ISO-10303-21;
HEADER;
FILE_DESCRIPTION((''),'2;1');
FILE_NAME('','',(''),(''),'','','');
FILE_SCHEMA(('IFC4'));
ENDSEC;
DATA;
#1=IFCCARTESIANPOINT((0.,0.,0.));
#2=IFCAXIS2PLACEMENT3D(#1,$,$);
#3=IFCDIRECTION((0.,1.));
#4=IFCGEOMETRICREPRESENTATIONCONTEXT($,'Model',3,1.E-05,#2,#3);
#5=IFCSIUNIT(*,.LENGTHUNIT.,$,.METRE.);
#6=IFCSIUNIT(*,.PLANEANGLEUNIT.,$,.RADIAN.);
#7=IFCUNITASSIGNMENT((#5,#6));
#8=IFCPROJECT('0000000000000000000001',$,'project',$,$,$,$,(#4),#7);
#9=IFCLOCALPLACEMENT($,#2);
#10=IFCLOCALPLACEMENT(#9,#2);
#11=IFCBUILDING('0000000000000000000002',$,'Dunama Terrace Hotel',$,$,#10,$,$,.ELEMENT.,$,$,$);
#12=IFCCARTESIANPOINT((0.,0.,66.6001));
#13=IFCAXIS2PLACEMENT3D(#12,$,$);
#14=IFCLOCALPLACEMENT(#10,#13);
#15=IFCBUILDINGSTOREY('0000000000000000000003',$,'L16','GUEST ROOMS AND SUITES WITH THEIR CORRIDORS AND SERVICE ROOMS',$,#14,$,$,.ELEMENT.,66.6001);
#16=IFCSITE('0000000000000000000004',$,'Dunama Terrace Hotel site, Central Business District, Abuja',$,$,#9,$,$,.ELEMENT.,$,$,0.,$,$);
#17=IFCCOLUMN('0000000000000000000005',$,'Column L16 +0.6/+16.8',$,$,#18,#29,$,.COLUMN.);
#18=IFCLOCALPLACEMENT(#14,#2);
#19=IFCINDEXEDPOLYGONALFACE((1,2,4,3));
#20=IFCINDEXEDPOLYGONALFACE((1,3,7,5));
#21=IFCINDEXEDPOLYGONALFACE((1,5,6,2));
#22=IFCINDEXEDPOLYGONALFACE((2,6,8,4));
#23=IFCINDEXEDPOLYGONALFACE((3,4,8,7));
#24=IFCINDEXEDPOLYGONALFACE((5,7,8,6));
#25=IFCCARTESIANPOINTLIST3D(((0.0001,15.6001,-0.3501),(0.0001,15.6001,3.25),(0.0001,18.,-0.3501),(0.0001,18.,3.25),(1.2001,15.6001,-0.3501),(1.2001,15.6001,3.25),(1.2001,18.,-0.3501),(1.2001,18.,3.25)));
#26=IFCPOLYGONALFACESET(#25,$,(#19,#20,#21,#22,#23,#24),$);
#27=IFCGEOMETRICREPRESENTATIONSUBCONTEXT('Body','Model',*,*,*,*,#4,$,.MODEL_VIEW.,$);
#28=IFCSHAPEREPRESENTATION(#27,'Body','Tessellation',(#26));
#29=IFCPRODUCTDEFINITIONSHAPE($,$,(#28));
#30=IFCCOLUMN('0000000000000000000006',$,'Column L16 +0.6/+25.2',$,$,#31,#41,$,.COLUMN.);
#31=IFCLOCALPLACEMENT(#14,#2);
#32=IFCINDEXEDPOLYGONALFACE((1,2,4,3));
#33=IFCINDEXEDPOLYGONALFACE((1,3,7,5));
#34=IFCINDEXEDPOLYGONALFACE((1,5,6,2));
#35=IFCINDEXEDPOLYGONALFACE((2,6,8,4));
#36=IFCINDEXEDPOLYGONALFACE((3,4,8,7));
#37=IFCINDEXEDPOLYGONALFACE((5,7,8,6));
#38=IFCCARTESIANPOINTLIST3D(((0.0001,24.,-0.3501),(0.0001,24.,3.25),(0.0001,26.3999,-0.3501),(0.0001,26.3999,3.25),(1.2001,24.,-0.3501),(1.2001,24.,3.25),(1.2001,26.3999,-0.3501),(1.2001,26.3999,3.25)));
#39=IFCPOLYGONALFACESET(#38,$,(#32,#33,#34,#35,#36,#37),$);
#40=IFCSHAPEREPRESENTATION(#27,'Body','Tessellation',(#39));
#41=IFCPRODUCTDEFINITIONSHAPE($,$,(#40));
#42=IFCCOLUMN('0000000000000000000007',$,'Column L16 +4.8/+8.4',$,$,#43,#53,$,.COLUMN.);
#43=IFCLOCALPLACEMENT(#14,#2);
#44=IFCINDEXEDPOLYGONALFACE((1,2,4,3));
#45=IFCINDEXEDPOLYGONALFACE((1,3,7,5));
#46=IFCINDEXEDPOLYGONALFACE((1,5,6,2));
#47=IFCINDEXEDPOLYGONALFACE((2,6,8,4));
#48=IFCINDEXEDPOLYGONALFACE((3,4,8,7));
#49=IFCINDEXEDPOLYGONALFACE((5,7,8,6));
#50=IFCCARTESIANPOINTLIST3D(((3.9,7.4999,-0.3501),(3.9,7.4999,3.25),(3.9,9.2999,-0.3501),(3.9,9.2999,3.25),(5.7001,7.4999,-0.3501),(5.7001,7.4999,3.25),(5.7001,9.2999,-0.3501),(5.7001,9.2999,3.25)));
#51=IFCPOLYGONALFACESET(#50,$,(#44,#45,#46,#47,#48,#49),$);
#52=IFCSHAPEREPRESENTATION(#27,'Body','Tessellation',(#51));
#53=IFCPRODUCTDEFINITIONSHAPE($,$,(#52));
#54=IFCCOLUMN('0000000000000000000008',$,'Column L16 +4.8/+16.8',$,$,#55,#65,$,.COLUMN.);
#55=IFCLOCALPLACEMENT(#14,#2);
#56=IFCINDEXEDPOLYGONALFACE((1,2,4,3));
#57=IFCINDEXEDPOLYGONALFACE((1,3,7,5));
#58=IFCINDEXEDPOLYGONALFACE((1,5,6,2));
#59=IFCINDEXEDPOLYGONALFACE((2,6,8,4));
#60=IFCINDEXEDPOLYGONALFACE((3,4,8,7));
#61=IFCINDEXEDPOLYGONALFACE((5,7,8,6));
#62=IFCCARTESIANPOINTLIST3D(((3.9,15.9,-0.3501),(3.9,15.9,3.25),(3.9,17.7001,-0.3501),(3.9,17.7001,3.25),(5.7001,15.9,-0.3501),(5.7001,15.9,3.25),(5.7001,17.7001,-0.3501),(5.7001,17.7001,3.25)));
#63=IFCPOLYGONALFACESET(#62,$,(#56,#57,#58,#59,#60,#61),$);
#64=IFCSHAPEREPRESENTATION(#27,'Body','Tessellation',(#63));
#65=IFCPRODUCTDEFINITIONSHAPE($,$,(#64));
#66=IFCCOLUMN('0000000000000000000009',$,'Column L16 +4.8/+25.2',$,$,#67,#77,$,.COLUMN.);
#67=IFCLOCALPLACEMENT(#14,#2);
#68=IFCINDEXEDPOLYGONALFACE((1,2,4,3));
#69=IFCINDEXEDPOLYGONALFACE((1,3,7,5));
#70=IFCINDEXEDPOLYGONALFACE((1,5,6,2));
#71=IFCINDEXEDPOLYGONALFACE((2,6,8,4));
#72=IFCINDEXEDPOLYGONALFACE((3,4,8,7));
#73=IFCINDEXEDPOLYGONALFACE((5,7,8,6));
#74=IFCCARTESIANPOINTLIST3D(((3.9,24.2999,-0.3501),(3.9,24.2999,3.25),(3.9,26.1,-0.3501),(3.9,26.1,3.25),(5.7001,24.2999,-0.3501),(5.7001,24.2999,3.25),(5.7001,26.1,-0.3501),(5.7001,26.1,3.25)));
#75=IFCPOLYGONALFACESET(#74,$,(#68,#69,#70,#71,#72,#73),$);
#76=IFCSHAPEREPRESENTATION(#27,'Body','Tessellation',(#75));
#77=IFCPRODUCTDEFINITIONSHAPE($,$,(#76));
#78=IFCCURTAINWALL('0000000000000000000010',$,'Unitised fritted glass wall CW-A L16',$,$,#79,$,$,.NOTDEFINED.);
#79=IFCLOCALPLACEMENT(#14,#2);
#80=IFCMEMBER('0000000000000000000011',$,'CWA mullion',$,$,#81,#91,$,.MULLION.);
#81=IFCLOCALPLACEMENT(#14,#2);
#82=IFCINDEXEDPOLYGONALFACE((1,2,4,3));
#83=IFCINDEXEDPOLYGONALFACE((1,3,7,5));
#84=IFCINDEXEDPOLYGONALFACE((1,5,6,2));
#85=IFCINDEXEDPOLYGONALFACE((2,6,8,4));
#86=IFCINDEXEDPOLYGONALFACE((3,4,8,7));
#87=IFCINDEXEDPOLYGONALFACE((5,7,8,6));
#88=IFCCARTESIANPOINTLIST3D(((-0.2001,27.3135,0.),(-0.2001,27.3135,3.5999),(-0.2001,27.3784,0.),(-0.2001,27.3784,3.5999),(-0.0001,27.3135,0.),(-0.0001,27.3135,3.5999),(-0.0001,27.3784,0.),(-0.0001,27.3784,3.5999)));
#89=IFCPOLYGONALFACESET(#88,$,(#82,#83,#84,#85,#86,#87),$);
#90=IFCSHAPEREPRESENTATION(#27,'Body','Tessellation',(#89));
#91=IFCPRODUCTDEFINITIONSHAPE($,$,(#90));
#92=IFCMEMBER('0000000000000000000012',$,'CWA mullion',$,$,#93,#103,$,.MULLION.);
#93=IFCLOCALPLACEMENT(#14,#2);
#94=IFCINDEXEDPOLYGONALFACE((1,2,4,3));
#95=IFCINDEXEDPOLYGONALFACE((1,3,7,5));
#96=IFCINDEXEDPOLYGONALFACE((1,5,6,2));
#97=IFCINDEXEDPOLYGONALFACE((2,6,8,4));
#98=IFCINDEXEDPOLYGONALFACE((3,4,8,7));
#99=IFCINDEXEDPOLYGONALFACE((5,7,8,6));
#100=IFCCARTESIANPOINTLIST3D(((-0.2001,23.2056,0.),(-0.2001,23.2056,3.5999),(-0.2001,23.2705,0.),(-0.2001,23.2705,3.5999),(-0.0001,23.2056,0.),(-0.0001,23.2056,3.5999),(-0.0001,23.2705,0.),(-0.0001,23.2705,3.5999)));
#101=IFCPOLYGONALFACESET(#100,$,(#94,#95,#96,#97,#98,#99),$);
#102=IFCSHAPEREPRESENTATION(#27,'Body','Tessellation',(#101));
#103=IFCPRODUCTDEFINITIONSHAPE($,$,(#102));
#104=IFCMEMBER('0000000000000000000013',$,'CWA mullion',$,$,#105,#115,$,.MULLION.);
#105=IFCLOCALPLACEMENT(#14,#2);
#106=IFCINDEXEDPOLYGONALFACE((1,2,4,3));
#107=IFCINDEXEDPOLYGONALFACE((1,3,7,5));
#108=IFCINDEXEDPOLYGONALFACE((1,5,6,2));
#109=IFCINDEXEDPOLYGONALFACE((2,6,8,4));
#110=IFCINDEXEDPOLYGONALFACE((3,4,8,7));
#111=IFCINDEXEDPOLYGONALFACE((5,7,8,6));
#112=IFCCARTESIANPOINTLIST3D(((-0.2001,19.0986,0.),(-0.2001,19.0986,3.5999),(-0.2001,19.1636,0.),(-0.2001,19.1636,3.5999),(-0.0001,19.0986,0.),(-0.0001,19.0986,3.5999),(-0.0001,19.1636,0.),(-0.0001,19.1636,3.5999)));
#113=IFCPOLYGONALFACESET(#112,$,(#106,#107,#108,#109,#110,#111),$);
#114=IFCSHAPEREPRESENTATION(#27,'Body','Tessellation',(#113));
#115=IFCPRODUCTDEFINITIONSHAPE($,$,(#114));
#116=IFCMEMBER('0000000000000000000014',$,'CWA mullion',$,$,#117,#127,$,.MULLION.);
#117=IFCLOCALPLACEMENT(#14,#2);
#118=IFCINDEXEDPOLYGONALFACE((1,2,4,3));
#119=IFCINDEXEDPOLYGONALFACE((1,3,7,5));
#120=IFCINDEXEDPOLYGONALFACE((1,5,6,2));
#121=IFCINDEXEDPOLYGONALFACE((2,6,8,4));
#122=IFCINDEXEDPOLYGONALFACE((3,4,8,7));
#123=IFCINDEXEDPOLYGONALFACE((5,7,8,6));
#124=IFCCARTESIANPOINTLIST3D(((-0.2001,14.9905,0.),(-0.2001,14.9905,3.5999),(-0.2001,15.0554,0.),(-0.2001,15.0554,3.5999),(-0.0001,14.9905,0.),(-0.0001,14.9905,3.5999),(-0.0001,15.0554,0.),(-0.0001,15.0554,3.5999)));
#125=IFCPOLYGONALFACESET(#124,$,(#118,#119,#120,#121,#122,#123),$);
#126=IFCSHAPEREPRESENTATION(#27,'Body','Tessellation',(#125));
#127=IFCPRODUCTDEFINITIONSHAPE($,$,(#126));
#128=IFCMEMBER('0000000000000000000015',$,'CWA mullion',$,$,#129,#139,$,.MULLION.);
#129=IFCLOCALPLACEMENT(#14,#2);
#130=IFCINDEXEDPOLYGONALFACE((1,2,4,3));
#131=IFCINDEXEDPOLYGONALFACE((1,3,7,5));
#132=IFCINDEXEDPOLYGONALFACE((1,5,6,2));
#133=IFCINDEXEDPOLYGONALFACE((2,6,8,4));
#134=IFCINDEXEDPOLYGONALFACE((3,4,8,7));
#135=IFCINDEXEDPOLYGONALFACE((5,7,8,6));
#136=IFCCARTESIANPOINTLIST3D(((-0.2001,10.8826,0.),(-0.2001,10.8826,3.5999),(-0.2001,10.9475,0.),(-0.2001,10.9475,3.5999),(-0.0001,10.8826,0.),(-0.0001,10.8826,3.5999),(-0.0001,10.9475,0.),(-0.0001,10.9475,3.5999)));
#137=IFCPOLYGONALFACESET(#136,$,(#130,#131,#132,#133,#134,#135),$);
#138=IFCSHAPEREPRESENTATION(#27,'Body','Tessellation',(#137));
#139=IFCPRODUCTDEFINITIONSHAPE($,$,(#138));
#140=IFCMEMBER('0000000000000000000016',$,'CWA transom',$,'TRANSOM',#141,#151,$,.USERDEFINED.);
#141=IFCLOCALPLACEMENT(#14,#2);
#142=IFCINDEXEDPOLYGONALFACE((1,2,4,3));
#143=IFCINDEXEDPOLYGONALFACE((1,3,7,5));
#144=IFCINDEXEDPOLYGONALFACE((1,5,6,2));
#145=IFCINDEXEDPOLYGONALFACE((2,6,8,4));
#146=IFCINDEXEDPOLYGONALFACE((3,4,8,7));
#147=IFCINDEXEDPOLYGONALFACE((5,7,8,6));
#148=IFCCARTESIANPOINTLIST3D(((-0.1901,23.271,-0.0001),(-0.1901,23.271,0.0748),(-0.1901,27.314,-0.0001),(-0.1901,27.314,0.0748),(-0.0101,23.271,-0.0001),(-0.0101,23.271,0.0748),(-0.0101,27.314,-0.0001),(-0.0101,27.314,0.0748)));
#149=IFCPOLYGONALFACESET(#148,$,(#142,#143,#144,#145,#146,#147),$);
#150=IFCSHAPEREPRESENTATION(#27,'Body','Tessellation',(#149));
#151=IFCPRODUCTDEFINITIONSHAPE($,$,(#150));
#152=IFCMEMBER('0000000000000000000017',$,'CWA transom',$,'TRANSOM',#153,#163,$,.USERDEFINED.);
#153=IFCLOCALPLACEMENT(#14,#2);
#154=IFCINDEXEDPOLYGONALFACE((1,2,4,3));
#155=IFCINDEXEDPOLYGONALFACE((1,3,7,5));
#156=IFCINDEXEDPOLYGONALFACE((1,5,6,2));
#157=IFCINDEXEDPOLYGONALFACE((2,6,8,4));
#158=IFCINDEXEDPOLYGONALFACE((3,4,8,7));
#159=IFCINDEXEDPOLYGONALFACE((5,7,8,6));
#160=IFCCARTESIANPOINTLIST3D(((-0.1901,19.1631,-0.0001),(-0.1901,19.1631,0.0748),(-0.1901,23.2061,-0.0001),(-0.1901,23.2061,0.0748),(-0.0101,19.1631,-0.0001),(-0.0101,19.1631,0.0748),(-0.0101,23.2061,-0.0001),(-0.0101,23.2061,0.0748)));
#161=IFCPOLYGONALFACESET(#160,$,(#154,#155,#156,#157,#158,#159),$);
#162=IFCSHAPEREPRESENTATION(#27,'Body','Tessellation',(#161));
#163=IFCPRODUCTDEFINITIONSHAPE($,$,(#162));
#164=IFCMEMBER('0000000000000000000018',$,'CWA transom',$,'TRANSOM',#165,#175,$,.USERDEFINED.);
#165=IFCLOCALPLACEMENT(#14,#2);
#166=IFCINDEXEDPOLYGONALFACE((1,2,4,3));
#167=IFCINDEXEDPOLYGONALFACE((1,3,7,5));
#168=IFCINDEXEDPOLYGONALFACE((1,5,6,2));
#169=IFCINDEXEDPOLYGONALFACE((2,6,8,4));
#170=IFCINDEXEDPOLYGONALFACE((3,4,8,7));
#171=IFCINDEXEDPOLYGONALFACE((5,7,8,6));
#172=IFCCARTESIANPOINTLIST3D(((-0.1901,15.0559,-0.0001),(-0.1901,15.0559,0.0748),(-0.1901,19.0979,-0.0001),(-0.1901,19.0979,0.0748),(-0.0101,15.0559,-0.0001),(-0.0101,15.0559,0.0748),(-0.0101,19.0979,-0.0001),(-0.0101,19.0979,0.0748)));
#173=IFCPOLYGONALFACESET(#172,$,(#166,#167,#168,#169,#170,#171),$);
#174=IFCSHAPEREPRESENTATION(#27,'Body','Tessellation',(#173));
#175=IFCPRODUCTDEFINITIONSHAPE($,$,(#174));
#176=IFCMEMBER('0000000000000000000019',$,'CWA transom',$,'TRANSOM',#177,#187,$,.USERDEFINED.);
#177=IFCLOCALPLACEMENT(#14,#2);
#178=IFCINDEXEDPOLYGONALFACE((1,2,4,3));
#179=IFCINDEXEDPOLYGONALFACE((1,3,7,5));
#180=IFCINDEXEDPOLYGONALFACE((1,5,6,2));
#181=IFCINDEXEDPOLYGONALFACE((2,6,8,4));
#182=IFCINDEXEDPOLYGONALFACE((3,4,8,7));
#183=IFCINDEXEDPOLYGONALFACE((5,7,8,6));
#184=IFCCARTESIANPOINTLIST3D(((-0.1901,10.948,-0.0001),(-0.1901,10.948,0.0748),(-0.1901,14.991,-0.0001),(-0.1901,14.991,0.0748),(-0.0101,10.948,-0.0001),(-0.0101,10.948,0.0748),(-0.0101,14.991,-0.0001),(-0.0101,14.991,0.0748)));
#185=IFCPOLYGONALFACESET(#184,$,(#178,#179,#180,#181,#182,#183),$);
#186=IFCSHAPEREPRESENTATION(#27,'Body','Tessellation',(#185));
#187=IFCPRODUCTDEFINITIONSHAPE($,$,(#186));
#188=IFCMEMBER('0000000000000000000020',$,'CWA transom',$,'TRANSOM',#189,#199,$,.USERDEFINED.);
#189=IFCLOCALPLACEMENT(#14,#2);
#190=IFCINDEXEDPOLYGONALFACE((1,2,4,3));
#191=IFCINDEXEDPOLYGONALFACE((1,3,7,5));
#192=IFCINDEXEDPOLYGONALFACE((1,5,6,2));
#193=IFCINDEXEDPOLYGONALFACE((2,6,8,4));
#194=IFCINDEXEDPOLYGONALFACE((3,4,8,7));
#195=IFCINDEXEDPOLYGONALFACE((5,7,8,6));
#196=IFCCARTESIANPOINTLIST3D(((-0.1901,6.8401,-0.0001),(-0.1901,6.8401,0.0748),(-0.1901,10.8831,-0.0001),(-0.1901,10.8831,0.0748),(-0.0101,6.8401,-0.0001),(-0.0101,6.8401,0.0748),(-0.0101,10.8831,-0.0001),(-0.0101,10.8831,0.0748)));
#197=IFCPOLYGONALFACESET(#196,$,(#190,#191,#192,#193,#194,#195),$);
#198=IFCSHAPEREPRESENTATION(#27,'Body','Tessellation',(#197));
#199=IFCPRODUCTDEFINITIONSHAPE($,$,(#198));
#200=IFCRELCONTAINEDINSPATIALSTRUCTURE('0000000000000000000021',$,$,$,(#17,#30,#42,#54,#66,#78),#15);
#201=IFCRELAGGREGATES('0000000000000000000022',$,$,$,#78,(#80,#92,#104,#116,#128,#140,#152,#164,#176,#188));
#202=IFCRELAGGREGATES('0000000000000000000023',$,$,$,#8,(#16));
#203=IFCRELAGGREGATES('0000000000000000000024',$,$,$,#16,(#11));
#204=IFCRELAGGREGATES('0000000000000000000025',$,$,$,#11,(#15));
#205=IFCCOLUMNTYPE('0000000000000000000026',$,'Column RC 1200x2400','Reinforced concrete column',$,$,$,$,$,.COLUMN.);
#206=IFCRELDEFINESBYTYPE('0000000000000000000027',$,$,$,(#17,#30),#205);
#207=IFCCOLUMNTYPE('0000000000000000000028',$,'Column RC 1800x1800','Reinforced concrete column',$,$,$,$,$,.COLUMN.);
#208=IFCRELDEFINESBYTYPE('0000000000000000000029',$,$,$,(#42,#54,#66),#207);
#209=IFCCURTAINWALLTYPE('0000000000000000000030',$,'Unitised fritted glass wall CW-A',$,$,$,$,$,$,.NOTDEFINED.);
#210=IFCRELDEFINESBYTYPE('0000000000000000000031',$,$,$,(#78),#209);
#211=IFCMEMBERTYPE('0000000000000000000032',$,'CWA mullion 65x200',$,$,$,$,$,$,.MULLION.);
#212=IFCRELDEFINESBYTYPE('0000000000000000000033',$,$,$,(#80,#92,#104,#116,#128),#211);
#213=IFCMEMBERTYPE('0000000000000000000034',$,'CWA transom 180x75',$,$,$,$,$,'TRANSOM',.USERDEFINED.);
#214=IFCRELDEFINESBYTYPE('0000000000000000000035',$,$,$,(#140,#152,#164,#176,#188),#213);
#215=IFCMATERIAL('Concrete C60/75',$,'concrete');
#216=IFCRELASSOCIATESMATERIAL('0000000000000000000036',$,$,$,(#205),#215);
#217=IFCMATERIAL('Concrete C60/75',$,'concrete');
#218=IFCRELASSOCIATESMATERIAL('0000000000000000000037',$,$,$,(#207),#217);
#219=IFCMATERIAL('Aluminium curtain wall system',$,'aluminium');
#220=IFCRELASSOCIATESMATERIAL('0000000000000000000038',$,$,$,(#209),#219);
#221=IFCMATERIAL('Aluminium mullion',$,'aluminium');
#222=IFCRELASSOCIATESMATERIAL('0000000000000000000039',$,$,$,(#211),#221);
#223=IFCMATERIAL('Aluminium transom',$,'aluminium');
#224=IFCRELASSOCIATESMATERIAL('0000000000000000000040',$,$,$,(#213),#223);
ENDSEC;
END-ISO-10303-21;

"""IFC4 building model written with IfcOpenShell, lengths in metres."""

from ifc_helpers import new_model, si_unit, direction, frame, origin, origin_2d, place, context, subcontext, project, spatial, rectangle, extrude, material, material_profile, profile_set, type_object, element, aggregate, save


model = new_model("IFC4")

# Units and contexts
model_context = context("Model", 3, precision=1e-05, world=origin(), true_north=direction((0.0, 1.0)))
body_context = subcontext(model_context, "Body", "Model", "MODEL_VIEW")
ifc_project = project(units=[si_unit("LENGTHUNIT", "METRE"), si_unit("PLANEANGLEUNIT", "RADIAN")], contexts=[model_context])

# Site, building, storey
site_placement = place(None, origin())
site = spatial("IfcSite", under=ifc_project, at=site_placement, Name="Dunama Terrace Hotel site, Central Business District, Abuja", CompositionType="ELEMENT", RefElevation=0.0)
building_placement = place(site_placement, origin())
building = spatial("IfcBuilding", under=site, at=building_placement, Name="Dunama Terrace Hotel", CompositionType="ELEMENT")
storey_placement = place(building_placement, frame((0.0, 0.0, 66.6001)))
storey = spatial("IfcBuildingStorey", under=building, at=storey_placement, Name="L16", Description="GUEST ROOMS AND SUITES WITH THEIR CORRIDORS AND SERVICE ROOMS", CompositionType="ELEMENT", Elevation=66.6001)

# Columns
ifc_material_1 = material(Name="Concrete C60/75", Category="concrete")
ifc_material_profile_1 = material_profile(ifc_material_1, rectangle(XDim=1.2, YDim=2.3999, at=origin_2d()), Name="RC 1200x2400")
ifc_profile_set_1 = profile_set([ifc_material_profile_1], Name="Concrete C60/75")
column_type_1 = type_object("IfcColumnType", Name="Column RC 1200x2400", Description="Reinforced concrete column", PredefinedType="COLUMN", material=ifc_profile_set_1)
for number, where, z_axis, x_axis, name in (
    (1, (0.6001, 16.8, -0.3501), (0.0, 0.0, 1.0), (1.0, 0.0, 0.0), "Column L16 +0.6/+16.8"),
    (2, (0.6001, 25.2, -0.3501), (0.0, 0.0, 1.0), (1.0, 0.0, 0.0), "Column L16 +0.6/+25.2"),
):
    element("IfcColumn", number, at=place(storey_placement, frame(where, z_axis=z_axis, x_axis=x_axis)), inside=storey, type_object=column_type_1, Name=name, PredefinedType="COLUMN", context=body_context, shape_type="SweptSolid", body=[
        extrude(rectangle(XDim=1.2, YDim=2.3999, at=origin_2d()), origin(), (0.0, 0.0, 1.0), 3.6001),
    ])
ifc_material_2 = material(Name="Concrete C60/75", Category="concrete")
ifc_material_profile_2 = material_profile(ifc_material_2, rectangle(XDim=1.8, YDim=1.8, at=origin_2d()), Name="RC 1800x1800")
ifc_profile_set_2 = profile_set([ifc_material_profile_2], Name="Concrete C60/75")
column_type_2 = type_object("IfcColumnType", Name="Column RC 1800x1800", Description="Reinforced concrete column", PredefinedType="COLUMN", material=ifc_profile_set_2)
for number, where, z_axis, x_axis, name in (
    (3, (4.8, 8.3999, -0.3501), (0.0, 0.0, 1.0), (1.0, 0.0, 0.0), "Column L16 +4.8/+8.4"),
    (4, (4.8, 16.8, -0.3501), (0.0, 0.0, 1.0), (1.0, 0.0, 0.0), "Column L16 +4.8/+16.8"),
    (5, (4.8, 25.2, -0.3501), (0.0, 0.0, 1.0), (1.0, 0.0, 0.0), "Column L16 +4.8/+25.2"),
):
    element("IfcColumn", number, at=place(storey_placement, frame(where, z_axis=z_axis, x_axis=x_axis)), inside=storey, type_object=column_type_2, Name=name, PredefinedType="COLUMN", context=body_context, shape_type="SweptSolid", body=[
        extrude(rectangle(XDim=1.8, YDim=1.8, at=origin_2d()), origin(), (0.0, 0.0, 1.0), 3.6001),
    ])

# Curtain wall, members
ifc_material_3 = material(Name="Aluminium curtain wall system", Category="aluminium")
curtain_wall_type = type_object("IfcCurtainWallType", Name="Unitised fritted glass wall CW-A", PredefinedType="NOTDEFINED", material=ifc_material_3)
curtain_wall_placement = place(storey_placement, origin())
curtain_wall = element("IfcCurtainWall", 6, at=curtain_wall_placement, inside=storey, type_object=curtain_wall_type, Name="Unitised fritted glass wall CW-A L16", PredefinedType="NOTDEFINED")
ifc_material_4 = material(Name="Aluminium mullion", Category="aluminium")
ifc_material_profile_3 = material_profile(ifc_material_4, rectangle(XDim=0.0649, YDim=0.2, at=origin_2d()), Name="CWA MULLION 65X200")
ifc_profile_set_3 = profile_set([ifc_material_profile_3], Name="Aluminium mullion")
member_type_1 = type_object("IfcMemberType", Name="CWA mullion 65x200", PredefinedType="MULLION", material=ifc_profile_set_3)
member_1_placement = place(storey_placement, frame((-0.1001, 27.3459, 0.0), z_axis=(0.0, 0.0, 1.0), x_axis=(0.0, -1.0, 0.0)))
member_1 = element("IfcMember", 7, at=member_1_placement, type_object=member_type_1, Name="CWA mullion", PredefinedType="MULLION", context=body_context, shape_type="SweptSolid", body=[
    extrude(rectangle(XDim=0.0649, YDim=0.2, at=origin_2d()), origin(), (0.0, 0.0, 1.0), 3.5999),
])
member_2_placement = place(storey_placement, frame((-0.1001, 23.238, 0.0), z_axis=(0.0, 0.0, 1.0), x_axis=(0.0, -1.0, 0.0)))
member_2 = element("IfcMember", 8, at=member_2_placement, type_object=member_type_1, Name="CWA mullion", PredefinedType="MULLION", context=body_context, shape_type="SweptSolid", body=[
    extrude(rectangle(XDim=0.0649, YDim=0.2, at=origin_2d()), origin(), (0.0, 0.0, 1.0), 3.5999),
])
member_3_placement = place(storey_placement, frame((-0.1001, 19.1311, 0.0), z_axis=(0.0, 0.0, 1.0), x_axis=(0.0, -1.0, 0.0)))
member_3 = element("IfcMember", 9, at=member_3_placement, type_object=member_type_1, Name="CWA mullion", PredefinedType="MULLION", context=body_context, shape_type="SweptSolid", body=[
    extrude(rectangle(XDim=0.0649, YDim=0.2, at=origin_2d()), origin(), (0.0, 0.0, 1.0), 3.5999),
])
member_4_placement = place(storey_placement, frame((-0.1001, 15.0229, 0.0), z_axis=(0.0, 0.0, 1.0), x_axis=(0.0, -1.0, 0.0)))
member_4 = element("IfcMember", 10, at=member_4_placement, type_object=member_type_1, Name="CWA mullion", PredefinedType="MULLION", context=body_context, shape_type="SweptSolid", body=[
    extrude(rectangle(XDim=0.0649, YDim=0.2, at=origin_2d()), origin(), (0.0, 0.0, 1.0), 3.5999),
])
member_5_placement = place(storey_placement, frame((-0.1001, 10.915, 0.0), z_axis=(0.0, 0.0, 1.0), x_axis=(0.0, -1.0, 0.0)))
member_5 = element("IfcMember", 11, at=member_5_placement, type_object=member_type_1, Name="CWA mullion", PredefinedType="MULLION", context=body_context, shape_type="SweptSolid", body=[
    extrude(rectangle(XDim=0.0649, YDim=0.2, at=origin_2d()), origin(), (0.0, 0.0, 1.0), 3.5999),
])
ifc_material_5 = material(Name="Aluminium transom", Category="aluminium")
ifc_material_profile_4 = material_profile(ifc_material_5, rectangle(XDim=0.1799, YDim=0.075, at=origin_2d()), Name="CWA TRANSOM 180X75")
ifc_profile_set_4 = profile_set([ifc_material_profile_4], Name="Aluminium transom")
member_type_2 = type_object("IfcMemberType", Name="CWA transom 180x75", ElementType="TRANSOM", PredefinedType="USERDEFINED", material=ifc_profile_set_4)
member_6_placement = place(storey_placement, frame((-0.1001, 27.314, 0.0374), z_axis=(0.0, -1.0, 0.0), x_axis=(1.0, 0.0, 0.0)))
member_6 = element("IfcMember", 12, at=member_6_placement, type_object=member_type_2, Name="CWA transom", ObjectType="TRANSOM", PredefinedType="USERDEFINED", context=body_context, shape_type="SweptSolid", body=[
    extrude(rectangle(XDim=0.1799, YDim=0.075, at=origin_2d()), origin(), (0.0, 0.0, 1.0), 4.043),
])
member_7_placement = place(storey_placement, frame((-0.1001, 23.2061, 0.0374), z_axis=(0.0, -1.0, 0.0), x_axis=(1.0, 0.0, 0.0)))
member_7 = element("IfcMember", 13, at=member_7_placement, type_object=member_type_2, Name="CWA transom", ObjectType="TRANSOM", PredefinedType="USERDEFINED", context=body_context, shape_type="SweptSolid", body=[
    extrude(rectangle(XDim=0.1799, YDim=0.075, at=origin_2d()), origin(), (0.0, 0.0, 1.0), 4.043),
])
member_8_placement = place(storey_placement, frame((-0.1001, 19.0979, 0.0374), z_axis=(0.0, -1.0, 0.0), x_axis=(1.0, 0.0, 0.0)))
member_8 = element("IfcMember", 14, at=member_8_placement, type_object=member_type_2, Name="CWA transom", ObjectType="TRANSOM", PredefinedType="USERDEFINED", context=body_context, shape_type="SweptSolid", body=[
    extrude(rectangle(XDim=0.1799, YDim=0.075, at=origin_2d()), origin(), (0.0, 0.0, 1.0), 4.042),
])
member_9_placement = place(storey_placement, frame((-0.1001, 14.991, 0.0374), z_axis=(0.0, -1.0, 0.0), x_axis=(1.0, 0.0, 0.0)))
member_9 = element("IfcMember", 15, at=member_9_placement, type_object=member_type_2, Name="CWA transom", ObjectType="TRANSOM", PredefinedType="USERDEFINED", context=body_context, shape_type="SweptSolid", body=[
    extrude(rectangle(XDim=0.1799, YDim=0.075, at=origin_2d()), origin(), (0.0, 0.0, 1.0), 4.043),
])
member_10_placement = place(storey_placement, frame((-0.1001, 10.8831, 0.0374), z_axis=(0.0, -1.0, 0.0), x_axis=(1.0, 0.0, 0.0)))
member_10 = element("IfcMember", 16, at=member_10_placement, type_object=member_type_2, Name="CWA transom", ObjectType="TRANSOM", PredefinedType="USERDEFINED", context=body_context, shape_type="SweptSolid", body=[
    extrude(rectangle(XDim=0.1799, YDim=0.075, at=origin_2d()), origin(), (0.0, 0.0, 1.0), 4.043),
])

aggregate(curtain_wall, [member_1, member_2, member_3, member_4, member_5, member_6, member_7, member_8, member_9, member_10])

save(model, "model.ifc")
